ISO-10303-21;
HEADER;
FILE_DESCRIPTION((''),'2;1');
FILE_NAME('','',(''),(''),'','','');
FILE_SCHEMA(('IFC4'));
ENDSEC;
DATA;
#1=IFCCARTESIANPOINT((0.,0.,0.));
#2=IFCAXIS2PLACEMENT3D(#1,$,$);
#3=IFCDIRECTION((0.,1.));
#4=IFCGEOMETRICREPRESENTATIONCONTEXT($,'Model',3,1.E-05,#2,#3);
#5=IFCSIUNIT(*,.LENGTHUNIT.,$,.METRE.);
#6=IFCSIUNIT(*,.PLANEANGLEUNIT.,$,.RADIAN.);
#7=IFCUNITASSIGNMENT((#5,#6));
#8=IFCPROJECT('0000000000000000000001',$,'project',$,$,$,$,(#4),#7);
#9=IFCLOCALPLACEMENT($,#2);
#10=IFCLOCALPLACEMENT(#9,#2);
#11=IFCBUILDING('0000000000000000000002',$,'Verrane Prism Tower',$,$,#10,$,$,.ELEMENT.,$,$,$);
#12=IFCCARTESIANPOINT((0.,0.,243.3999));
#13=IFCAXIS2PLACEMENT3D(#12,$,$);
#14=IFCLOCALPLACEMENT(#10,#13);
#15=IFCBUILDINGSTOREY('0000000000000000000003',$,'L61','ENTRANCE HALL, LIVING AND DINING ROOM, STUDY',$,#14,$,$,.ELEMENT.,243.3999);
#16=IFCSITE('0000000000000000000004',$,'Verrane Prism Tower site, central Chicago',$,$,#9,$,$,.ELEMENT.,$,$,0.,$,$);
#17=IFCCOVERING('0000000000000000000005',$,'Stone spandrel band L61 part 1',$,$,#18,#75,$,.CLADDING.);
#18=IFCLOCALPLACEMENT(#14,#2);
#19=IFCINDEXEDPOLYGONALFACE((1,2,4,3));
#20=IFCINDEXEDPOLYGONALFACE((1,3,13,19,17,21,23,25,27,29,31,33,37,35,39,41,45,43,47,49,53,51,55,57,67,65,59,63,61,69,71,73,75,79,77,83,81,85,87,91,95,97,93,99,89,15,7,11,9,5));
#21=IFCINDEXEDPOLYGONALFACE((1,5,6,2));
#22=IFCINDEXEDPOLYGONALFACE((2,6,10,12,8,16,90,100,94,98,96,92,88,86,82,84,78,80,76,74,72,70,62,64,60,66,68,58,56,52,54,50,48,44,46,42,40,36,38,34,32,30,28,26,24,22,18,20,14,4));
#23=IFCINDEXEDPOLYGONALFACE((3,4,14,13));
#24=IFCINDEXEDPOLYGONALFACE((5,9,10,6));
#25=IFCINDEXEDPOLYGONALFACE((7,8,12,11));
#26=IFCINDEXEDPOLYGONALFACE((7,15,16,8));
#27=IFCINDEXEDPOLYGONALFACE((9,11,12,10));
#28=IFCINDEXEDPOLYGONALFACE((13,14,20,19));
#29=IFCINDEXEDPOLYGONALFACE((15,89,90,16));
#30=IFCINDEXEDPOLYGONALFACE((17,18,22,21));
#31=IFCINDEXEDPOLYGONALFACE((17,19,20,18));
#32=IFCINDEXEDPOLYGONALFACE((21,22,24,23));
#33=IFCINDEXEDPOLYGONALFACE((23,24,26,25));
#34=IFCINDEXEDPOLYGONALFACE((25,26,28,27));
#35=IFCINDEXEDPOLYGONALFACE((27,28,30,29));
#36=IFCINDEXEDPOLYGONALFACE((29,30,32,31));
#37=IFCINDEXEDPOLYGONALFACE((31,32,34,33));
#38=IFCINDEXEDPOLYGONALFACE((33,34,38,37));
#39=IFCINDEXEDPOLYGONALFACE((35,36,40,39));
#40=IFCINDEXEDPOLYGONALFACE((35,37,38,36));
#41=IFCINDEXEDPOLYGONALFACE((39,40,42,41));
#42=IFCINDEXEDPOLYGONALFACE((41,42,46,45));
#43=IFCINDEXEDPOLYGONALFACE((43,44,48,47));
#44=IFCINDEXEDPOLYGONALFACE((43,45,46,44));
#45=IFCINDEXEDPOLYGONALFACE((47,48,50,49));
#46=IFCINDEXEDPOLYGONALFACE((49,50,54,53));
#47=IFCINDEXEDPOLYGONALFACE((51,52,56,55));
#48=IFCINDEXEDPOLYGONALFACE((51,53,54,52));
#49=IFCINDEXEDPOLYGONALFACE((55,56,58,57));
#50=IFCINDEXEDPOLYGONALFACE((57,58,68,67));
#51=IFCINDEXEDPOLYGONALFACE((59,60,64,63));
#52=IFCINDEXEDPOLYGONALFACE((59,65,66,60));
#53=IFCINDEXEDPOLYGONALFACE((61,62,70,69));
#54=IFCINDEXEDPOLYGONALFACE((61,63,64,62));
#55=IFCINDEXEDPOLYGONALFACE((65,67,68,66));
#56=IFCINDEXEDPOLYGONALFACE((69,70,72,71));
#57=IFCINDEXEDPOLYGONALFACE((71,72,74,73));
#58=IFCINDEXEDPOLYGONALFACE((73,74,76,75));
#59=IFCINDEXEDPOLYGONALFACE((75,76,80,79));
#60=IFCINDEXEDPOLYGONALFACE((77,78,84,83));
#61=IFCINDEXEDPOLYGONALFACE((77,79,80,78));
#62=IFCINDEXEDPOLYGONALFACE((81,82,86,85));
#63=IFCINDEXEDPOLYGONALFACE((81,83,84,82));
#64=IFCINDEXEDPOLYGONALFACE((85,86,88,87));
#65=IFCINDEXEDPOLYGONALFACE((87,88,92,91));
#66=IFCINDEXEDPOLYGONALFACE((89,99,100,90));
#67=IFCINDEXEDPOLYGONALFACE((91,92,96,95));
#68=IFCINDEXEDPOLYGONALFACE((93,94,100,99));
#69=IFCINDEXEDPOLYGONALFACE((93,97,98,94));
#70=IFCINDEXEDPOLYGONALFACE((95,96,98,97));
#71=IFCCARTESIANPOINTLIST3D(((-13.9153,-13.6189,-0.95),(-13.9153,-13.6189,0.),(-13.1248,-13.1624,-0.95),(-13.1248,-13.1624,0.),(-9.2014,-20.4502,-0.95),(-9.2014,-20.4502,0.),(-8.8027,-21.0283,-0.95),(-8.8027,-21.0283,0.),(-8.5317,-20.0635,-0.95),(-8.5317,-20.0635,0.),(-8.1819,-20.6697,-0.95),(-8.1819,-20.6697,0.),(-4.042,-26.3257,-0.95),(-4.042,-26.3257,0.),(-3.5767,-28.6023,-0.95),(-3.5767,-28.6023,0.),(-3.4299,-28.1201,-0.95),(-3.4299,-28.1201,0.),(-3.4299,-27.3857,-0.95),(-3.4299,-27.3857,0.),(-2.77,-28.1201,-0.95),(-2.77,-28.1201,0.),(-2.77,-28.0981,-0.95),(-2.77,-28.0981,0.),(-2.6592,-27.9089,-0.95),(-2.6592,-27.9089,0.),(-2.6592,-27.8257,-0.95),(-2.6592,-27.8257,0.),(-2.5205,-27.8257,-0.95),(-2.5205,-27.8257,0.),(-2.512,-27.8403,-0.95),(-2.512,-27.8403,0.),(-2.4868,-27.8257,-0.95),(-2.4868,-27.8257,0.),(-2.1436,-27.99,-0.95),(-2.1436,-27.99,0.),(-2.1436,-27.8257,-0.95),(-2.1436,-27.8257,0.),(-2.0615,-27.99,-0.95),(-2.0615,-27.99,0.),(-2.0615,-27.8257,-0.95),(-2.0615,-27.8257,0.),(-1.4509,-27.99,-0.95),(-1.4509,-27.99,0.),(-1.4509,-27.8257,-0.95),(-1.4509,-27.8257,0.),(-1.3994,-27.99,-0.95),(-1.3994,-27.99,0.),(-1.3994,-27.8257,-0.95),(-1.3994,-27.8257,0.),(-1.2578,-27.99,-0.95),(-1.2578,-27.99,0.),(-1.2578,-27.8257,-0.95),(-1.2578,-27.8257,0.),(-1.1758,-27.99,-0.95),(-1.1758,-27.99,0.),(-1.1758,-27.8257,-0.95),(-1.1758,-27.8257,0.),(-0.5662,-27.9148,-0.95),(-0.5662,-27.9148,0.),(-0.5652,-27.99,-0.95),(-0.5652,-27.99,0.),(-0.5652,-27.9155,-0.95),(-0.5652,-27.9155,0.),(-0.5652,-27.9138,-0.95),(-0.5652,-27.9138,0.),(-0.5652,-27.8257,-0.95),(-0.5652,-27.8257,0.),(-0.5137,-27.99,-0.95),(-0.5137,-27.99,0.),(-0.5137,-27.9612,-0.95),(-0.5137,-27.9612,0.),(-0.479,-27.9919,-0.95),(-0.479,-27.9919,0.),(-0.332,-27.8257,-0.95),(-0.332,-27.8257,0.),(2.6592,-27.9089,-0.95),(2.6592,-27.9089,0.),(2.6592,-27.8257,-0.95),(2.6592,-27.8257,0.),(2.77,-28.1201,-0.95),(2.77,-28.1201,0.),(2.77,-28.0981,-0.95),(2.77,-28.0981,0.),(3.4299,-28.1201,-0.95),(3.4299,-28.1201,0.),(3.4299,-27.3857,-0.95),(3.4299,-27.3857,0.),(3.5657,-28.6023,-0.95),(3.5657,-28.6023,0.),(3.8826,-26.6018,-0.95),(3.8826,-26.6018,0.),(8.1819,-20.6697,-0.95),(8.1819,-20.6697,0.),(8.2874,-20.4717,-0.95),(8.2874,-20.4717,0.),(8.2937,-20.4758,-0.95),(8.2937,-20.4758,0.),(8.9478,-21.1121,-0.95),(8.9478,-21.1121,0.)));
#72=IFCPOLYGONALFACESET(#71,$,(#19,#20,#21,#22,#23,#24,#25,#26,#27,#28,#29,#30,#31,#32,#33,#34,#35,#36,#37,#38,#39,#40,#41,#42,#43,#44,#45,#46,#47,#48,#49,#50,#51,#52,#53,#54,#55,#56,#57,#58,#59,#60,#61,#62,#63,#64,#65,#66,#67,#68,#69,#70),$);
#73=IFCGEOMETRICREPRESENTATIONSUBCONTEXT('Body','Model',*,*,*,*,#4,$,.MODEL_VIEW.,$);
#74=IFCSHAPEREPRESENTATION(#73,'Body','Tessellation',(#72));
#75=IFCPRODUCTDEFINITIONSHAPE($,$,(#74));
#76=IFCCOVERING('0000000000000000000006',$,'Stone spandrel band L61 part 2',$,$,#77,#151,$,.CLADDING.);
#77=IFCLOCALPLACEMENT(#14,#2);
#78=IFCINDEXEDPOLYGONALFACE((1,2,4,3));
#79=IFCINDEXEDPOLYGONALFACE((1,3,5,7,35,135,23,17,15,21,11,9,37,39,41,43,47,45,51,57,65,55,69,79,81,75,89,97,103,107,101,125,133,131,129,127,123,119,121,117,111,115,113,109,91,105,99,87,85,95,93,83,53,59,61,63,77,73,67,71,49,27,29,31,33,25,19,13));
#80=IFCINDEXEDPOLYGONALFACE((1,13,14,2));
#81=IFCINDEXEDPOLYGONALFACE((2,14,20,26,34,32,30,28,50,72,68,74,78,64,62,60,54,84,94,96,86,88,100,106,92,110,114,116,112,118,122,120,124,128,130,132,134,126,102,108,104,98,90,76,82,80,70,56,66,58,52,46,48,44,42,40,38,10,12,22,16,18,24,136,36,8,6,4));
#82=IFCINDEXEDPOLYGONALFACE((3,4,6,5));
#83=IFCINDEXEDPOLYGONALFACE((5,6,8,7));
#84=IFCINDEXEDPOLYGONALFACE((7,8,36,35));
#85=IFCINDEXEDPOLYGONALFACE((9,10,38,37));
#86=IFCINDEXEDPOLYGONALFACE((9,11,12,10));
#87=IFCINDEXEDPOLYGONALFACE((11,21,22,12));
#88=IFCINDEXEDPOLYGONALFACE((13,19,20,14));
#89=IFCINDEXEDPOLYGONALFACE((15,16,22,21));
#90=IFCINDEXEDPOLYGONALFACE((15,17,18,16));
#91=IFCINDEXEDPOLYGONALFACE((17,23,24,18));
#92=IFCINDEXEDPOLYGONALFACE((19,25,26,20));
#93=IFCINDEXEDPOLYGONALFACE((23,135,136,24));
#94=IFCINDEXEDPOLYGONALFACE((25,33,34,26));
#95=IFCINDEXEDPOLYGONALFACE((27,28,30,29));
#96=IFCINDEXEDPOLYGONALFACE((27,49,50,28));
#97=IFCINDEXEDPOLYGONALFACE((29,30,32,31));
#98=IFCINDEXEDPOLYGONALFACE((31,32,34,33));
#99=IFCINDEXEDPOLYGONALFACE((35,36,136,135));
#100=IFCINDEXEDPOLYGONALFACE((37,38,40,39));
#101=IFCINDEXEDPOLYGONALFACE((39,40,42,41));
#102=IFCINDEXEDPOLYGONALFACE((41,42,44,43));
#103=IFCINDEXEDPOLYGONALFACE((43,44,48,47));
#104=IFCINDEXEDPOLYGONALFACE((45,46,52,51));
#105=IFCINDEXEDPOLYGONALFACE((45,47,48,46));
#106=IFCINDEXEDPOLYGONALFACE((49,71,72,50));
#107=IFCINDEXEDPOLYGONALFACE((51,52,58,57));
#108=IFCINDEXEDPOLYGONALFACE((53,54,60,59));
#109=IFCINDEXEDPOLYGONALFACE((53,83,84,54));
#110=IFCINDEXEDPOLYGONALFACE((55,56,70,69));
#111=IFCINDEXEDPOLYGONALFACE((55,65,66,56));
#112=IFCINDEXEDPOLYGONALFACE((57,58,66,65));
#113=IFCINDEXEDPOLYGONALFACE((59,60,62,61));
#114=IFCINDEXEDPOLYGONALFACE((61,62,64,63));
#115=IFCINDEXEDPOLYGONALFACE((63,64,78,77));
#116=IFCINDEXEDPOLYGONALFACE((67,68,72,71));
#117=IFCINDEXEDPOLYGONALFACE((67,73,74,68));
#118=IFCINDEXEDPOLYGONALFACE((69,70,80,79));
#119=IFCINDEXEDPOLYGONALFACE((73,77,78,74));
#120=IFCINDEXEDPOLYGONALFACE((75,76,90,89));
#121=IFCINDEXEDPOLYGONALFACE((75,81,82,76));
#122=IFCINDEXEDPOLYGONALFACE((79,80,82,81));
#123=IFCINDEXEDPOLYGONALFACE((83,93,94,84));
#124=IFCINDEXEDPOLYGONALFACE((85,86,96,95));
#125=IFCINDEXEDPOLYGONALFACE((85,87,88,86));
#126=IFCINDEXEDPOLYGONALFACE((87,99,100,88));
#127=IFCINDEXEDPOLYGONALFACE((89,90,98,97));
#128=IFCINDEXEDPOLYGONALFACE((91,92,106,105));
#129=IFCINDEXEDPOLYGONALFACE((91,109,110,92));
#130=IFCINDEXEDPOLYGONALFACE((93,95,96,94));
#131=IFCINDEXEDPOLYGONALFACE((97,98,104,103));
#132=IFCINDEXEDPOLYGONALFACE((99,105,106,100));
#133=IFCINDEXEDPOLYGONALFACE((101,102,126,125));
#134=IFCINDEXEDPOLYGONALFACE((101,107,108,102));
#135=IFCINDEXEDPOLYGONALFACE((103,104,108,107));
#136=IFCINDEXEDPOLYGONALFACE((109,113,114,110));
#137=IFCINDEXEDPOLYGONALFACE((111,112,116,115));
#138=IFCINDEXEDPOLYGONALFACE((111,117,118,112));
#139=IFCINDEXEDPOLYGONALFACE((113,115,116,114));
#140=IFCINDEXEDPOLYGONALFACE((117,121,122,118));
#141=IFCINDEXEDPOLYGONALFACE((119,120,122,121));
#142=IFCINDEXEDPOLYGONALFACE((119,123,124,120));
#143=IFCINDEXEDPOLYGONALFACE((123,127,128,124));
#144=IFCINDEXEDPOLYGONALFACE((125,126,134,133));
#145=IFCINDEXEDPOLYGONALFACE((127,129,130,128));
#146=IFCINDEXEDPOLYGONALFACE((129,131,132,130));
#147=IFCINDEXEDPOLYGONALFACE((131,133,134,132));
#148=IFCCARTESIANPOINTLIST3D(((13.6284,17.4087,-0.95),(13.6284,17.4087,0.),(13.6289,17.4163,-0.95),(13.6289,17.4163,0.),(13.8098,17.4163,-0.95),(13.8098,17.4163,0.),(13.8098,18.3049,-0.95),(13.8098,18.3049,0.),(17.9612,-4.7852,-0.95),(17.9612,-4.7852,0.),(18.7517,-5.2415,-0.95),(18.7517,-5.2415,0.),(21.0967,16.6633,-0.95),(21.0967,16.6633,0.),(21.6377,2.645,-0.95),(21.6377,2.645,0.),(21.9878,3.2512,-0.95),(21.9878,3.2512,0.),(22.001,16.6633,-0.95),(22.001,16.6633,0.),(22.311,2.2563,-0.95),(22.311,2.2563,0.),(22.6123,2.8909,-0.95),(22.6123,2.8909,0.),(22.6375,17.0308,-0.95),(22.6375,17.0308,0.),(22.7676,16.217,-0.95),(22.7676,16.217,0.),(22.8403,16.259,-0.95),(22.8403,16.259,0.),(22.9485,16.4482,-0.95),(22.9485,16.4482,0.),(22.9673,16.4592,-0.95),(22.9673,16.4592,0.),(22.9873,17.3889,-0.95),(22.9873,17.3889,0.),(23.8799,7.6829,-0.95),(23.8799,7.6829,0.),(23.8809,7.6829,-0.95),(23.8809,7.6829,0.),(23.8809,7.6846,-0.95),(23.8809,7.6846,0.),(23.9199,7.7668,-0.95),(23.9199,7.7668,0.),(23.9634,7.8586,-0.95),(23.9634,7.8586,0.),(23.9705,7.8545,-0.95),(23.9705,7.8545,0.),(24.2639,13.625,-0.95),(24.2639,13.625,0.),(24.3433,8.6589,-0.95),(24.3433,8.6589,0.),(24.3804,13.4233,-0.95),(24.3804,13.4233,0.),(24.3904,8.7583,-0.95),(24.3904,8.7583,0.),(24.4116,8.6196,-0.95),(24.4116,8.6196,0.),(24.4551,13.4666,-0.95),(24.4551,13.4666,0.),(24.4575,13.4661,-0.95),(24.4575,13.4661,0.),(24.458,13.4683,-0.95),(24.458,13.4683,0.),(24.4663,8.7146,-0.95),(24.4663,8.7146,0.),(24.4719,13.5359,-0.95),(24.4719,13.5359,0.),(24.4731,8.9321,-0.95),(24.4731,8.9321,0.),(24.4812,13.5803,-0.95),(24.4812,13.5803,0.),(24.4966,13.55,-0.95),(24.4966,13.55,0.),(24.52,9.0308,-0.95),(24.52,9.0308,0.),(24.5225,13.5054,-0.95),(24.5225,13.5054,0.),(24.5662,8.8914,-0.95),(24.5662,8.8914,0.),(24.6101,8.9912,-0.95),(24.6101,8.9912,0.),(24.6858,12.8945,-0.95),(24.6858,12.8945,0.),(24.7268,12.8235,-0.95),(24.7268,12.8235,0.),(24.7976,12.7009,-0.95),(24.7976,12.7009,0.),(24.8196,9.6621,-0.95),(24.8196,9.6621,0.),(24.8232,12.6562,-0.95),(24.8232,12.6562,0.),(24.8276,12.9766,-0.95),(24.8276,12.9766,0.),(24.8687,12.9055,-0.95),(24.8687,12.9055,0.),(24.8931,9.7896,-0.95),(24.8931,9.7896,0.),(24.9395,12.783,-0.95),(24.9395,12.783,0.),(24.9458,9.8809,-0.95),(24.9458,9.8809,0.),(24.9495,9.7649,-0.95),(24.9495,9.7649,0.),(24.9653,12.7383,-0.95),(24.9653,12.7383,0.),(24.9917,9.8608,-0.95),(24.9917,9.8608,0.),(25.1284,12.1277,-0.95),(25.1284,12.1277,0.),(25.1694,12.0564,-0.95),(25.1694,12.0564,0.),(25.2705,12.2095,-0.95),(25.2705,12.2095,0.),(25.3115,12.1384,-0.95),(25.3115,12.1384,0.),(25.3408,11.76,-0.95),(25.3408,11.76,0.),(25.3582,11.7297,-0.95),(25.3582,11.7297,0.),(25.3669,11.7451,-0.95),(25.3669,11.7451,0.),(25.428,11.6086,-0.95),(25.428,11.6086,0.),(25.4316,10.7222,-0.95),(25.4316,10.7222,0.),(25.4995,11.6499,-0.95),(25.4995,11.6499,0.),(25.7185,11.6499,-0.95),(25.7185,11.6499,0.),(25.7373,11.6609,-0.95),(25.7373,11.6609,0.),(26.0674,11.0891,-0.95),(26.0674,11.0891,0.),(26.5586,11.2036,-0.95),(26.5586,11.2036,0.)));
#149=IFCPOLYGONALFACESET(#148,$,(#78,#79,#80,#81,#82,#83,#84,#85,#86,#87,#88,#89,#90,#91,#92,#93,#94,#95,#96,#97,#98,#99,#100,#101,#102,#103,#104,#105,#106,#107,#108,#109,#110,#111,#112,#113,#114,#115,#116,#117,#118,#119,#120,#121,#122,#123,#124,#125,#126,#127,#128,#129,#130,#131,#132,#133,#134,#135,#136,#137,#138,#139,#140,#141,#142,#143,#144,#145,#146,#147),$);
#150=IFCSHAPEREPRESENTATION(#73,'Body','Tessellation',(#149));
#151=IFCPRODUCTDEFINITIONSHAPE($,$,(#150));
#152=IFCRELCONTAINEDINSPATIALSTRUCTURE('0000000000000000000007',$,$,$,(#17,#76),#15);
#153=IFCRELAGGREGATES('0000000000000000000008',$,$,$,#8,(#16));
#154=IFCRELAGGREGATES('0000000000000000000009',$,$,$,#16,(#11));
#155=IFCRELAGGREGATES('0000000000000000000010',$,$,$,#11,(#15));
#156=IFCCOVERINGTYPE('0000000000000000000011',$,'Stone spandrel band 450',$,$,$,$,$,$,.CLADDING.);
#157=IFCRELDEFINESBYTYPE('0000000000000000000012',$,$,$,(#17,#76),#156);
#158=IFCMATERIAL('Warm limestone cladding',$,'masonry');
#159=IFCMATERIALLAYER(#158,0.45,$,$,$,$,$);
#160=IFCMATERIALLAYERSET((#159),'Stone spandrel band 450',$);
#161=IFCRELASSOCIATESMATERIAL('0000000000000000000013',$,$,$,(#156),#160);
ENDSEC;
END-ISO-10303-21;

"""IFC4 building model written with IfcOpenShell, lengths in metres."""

from ifc_helpers import new_model, si_unit, direction, frame, origin, place, context, subcontext, project, spatial, polyline, outline, extrude, material, layer, layer_set, type_object, element, save


model = new_model("IFC4")

# Units and contexts
model_context = context("Model", 3, precision=1e-05, world=origin(), true_north=direction((0.0, 1.0)))
body_context = subcontext(model_context, "Body", "Model", "MODEL_VIEW")
ifc_project = project(units=[si_unit("LENGTHUNIT", "METRE"), si_unit("PLANEANGLEUNIT", "RADIAN")], contexts=[model_context])

# Site, building, storey
site_placement = place(None, origin())
site = spatial("IfcSite", under=ifc_project, at=site_placement, Name="Verrane Prism Tower site, central Chicago", CompositionType="ELEMENT", RefElevation=0.0)
building_placement = place(site_placement, origin())
building = spatial("IfcBuilding", under=site, at=building_placement, Name="Verrane Prism Tower", CompositionType="ELEMENT")
storey_placement = place(building_placement, frame((0.0, 0.0, 243.3999)))
storey = spatial("IfcBuildingStorey", under=building, at=storey_placement, Name="L61", Description="ENTRANCE HALL, LIVING AND DINING ROOM, STUDY", CompositionType="ELEMENT", Elevation=243.3999)

# Coverings
ifc_material_1 = material(Name="Warm limestone cladding", Category="masonry")
ifc_layer_1 = layer(ifc_material_1, 0.45)
ifc_layer_set_1 = layer_set([ifc_layer_1], Name="Stone spandrel band 450")
covering_type = type_object("IfcCoveringType", Name="Stone spandrel band 450", PredefinedType="CLADDING", material=ifc_layer_set_1)
covering_1_placement = place(storey_placement, frame((0.0, 0.0, -0.95)))
element("IfcCovering", 1, at=covering_1_placement, inside=storey, type_object=covering_type, Name="Stone spandrel band L61 part 1", PredefinedType="CLADDING", context=body_context, shape_type="SweptSolid", body=[
    extrude(outline(polyline([(3.5657, -28.6023), (8.9478, -21.1121), (8.1819, -20.6697), (8.2937, -20.4758), (8.2874, -20.4717), (3.8826, -26.6018), (3.4299, -27.3857), (3.4299, -28.1201), (2.77, -28.1201), (2.77, -28.0981), (2.6592, -27.9089), (2.6592, -27.8257), (-0.332, -27.8257), (-0.479, -27.9919), (-0.5137, -27.9612), (-0.5137, -27.99), (-0.5652, -27.99), (-0.5652, -27.9155), (-0.5662, -27.9148), (-0.5652, -27.9138), (-0.5652, -27.8257), (-1.1758, -27.8257), (-1.1758, -27.99), (-1.2578, -27.99), (-1.2578, -27.8257), (-1.3994, -27.8257), (-1.3994, -27.99), (-1.4509, -27.99), (-1.4509, -27.8257), (-2.0615, -27.8257), (-2.0615, -27.99), (-2.1436, -27.99), (-2.1436, -27.8257), (-2.4868, -27.8257), (-2.512, -27.8403), (-2.5205, -27.8257), (-2.6592, -27.8257), (-2.6592, -27.9089), (-2.77, -28.0981), (-2.77, -28.1201), (-3.4299, -28.1201), (-3.4299, -27.3857), (-4.042, -26.3257), (-13.1248, -13.1624), (-13.9153, -13.6189), (-9.2014, -20.4502), (-8.5317, -20.0635), (-8.1819, -20.6697), (-8.8027, -21.0283), (-3.5767, -28.6023), (3.5657, -28.6023)])), origin(), (0.0, 0.0, 1.0), 0.95),
])
covering_2_placement = place(storey_placement, frame((0.0, 0.0, -0.95)))
element("IfcCovering", 2, at=covering_2_placement, inside=storey, type_object=covering_type, Name="Stone spandrel band L61 part 2", PredefinedType="CLADDING", context=body_context, shape_type="SweptSolid", body=[
    extrude(outline(polyline([(13.8098, 18.3049), (13.8098, 17.4163), (13.6289, 17.4163), (13.6284, 17.4087), (21.0967, 16.6633), (22.001, 16.6633), (22.6375, 17.0308), (22.9673, 16.4592), (22.9485, 16.4482), (22.8403, 16.259), (22.7676, 16.217), (24.2639, 13.625), (24.4812, 13.5803), (24.4719, 13.5359), (24.4966, 13.55), (24.5225, 13.5054), (24.458, 13.4683), (24.4575, 13.4661), (24.4551, 13.4666), (24.3804, 13.4233), (24.6858, 12.8945), (24.8276, 12.9766), (24.8687, 12.9055), (24.7268, 12.8235), (24.7976, 12.7009), (24.9395, 12.783), (24.9653, 12.7383), (24.8232, 12.6562), (25.1284, 12.1277), (25.2705, 12.2095), (25.3115, 12.1384), (25.1694, 12.0564), (25.3408, 11.76), (25.3669, 11.7451), (25.3582, 11.7297), (25.428, 11.6086), (25.4995, 11.6499), (25.7185, 11.6499), (25.7373, 11.6609), (26.0674, 11.0891), (25.4316, 10.7222), (24.9458, 9.8809), (24.9917, 9.8608), (24.9495, 9.7649), (24.8931, 9.7896), (24.8196, 9.6621), (24.52, 9.0308), (24.6101, 8.9912), (24.5662, 8.8914), (24.4731, 8.9321), (24.3904, 8.7583), (24.4663, 8.7146), (24.4116, 8.6196), (24.3433, 8.6589), (23.9634, 7.8586), (23.9705, 7.8545), (23.9199, 7.7668), (23.8809, 7.6846), (23.8809, 7.6829), (23.8799, 7.6829), (17.9612, -4.7852), (18.7517, -5.2415), (22.311, 2.2563), (21.6377, 2.645), (21.9878, 3.2512), (22.6123, 2.8909), (26.5586, 11.2036), (22.9873, 17.3889), (13.8098, 18.3049)])), origin(), (0.0, 0.0, 1.0), 0.95),
])

save(model, "model.ifc")
